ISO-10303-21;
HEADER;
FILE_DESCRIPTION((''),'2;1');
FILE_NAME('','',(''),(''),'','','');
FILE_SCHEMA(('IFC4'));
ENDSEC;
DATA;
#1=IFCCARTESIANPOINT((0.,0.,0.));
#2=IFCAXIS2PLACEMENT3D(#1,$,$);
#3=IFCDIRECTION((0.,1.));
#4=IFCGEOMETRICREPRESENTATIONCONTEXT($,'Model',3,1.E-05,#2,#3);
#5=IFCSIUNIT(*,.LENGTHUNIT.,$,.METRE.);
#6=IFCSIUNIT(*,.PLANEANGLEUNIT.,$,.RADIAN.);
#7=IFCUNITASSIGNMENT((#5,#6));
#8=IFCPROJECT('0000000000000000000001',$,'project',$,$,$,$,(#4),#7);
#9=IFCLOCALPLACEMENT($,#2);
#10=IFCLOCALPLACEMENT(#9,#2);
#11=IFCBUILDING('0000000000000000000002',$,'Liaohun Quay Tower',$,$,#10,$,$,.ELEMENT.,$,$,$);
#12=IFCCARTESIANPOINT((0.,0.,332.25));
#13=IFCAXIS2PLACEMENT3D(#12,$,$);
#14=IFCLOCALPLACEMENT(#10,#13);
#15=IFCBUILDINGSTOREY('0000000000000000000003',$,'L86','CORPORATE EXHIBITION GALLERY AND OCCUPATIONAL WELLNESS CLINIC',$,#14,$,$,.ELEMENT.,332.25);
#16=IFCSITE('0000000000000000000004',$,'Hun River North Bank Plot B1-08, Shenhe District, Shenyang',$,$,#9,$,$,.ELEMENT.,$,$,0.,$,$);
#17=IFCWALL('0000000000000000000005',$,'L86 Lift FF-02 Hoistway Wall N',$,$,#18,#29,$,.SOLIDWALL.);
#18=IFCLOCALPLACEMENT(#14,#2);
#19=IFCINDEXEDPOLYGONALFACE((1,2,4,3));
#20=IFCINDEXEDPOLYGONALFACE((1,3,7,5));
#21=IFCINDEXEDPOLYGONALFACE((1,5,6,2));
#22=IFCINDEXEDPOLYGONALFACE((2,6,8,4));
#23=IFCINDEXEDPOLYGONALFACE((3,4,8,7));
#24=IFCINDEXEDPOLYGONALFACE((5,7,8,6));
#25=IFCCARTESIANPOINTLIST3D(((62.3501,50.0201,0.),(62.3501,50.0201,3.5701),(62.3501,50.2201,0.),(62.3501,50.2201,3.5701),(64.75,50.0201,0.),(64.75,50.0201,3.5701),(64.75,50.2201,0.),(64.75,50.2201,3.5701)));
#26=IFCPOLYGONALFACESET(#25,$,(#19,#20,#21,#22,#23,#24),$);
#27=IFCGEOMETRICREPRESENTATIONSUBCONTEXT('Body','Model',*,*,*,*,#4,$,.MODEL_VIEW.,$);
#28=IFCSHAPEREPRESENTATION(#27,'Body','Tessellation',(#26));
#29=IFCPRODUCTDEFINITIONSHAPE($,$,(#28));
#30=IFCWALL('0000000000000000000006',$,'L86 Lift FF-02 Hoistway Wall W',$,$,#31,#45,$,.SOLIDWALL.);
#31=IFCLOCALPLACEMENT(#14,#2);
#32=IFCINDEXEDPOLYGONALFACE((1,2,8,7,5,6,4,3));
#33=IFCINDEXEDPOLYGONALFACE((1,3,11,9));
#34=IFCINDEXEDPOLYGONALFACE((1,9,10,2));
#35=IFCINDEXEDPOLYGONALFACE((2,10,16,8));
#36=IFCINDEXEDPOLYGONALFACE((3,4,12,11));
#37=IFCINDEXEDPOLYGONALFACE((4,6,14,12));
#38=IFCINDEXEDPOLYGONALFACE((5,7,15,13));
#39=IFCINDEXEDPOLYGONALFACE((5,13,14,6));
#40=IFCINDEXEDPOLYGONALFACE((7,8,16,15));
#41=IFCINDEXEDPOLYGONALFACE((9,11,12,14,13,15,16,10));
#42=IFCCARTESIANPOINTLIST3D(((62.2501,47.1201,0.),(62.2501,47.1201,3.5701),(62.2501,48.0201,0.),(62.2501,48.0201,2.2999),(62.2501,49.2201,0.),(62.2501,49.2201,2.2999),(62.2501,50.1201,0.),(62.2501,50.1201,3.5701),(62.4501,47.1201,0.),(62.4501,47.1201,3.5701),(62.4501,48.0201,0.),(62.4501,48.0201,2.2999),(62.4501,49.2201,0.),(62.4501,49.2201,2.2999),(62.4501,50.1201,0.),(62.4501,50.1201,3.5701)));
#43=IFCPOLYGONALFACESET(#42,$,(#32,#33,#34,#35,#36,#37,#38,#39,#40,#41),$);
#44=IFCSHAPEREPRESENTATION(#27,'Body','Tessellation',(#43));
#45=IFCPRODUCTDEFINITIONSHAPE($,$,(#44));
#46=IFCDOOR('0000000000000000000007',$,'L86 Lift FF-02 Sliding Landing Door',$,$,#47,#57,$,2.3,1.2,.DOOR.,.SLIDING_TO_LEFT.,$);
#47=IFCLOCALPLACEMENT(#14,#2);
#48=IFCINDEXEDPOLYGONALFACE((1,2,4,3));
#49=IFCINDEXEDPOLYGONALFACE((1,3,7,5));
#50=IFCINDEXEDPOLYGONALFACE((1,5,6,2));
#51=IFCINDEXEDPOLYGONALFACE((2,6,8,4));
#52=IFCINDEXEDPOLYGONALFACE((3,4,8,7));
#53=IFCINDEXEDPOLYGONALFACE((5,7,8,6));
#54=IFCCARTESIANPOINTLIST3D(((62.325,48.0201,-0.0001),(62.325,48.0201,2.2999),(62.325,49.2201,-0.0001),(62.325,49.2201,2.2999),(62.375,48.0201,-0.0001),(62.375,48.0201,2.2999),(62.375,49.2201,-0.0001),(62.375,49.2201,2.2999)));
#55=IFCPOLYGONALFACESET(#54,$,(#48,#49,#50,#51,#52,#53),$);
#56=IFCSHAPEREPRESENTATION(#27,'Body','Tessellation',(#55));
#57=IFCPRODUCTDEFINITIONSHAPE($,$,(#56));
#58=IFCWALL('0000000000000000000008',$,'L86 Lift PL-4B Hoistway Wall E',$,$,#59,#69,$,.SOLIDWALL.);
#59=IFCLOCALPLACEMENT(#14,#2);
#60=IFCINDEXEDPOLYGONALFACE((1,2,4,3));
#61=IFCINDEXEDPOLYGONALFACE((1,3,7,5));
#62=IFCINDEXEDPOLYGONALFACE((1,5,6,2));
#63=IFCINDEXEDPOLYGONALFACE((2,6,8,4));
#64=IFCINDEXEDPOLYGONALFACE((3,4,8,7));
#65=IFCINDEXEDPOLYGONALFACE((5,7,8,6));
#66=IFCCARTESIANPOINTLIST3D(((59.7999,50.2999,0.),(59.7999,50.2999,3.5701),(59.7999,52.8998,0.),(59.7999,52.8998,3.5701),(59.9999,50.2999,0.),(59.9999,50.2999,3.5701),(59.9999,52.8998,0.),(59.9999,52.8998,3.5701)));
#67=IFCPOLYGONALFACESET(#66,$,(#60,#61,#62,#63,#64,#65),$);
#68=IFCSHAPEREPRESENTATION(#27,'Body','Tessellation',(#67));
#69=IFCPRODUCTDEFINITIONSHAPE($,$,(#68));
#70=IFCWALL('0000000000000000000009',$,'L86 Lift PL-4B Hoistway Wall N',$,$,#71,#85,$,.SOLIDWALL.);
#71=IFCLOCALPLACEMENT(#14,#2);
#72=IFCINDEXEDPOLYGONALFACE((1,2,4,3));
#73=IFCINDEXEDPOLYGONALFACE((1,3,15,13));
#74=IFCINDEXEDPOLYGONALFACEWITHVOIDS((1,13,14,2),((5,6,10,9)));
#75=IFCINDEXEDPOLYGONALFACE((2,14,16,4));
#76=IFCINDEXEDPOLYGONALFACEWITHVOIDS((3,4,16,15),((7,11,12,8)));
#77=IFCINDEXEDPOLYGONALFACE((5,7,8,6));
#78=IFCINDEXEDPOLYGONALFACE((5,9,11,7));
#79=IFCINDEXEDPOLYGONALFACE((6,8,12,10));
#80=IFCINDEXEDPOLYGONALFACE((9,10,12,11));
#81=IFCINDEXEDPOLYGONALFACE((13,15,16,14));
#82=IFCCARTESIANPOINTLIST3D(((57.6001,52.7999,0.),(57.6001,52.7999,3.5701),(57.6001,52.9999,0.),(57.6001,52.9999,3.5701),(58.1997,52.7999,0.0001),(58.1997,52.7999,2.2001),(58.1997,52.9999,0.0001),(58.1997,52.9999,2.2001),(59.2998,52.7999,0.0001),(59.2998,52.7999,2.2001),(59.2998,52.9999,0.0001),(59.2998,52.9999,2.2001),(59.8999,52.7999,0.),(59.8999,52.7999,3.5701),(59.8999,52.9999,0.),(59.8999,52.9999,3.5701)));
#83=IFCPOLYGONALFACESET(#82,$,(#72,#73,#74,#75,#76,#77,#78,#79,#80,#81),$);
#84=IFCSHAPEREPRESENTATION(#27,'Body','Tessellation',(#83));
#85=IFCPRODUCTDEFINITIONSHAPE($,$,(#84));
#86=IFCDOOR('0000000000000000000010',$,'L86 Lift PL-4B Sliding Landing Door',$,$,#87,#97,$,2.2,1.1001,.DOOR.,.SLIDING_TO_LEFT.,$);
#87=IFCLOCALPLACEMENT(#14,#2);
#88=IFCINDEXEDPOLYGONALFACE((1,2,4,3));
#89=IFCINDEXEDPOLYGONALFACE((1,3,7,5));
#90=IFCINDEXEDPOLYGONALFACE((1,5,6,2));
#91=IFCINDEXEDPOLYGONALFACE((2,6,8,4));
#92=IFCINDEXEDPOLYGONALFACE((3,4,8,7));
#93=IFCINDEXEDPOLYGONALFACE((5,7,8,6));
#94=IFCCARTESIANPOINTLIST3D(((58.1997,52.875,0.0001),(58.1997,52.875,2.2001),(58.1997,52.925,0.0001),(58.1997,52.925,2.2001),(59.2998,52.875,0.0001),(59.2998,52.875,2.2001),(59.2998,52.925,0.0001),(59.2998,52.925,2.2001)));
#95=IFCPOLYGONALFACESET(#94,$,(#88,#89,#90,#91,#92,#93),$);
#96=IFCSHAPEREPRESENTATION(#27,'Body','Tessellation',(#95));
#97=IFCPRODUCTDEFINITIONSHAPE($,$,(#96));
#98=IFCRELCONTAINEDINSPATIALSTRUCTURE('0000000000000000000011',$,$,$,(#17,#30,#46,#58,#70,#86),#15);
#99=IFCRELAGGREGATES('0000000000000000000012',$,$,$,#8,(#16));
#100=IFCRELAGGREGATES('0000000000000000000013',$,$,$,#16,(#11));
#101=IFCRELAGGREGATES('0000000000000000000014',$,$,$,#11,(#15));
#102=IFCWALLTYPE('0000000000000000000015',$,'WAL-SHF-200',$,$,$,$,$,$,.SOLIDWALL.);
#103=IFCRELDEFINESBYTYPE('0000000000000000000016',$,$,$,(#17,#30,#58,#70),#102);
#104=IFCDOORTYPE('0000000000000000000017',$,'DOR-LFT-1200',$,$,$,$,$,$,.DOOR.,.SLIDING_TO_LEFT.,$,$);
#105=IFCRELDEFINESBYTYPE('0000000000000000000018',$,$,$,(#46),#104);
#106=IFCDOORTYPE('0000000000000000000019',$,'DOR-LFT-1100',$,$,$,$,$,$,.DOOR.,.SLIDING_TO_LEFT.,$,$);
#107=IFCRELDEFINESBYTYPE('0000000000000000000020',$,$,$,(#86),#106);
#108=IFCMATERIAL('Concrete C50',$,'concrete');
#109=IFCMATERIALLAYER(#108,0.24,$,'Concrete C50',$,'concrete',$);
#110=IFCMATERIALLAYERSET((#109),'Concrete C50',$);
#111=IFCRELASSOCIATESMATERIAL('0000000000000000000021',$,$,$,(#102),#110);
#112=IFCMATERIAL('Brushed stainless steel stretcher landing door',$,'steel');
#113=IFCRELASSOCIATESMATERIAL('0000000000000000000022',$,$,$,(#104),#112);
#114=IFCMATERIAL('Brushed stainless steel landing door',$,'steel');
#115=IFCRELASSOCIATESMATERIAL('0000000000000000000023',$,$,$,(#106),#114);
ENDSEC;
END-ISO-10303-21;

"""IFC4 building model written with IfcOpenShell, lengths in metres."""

from ifc_helpers import new_model, si_unit, direction, frame, frame_2d, origin, place, context, subcontext, project, spatial, rectangle, extrude, source, transform, mapped, material, layer, layer_set, type_object, element, fill, save


model = new_model("IFC4")

# Units and contexts
model_context = context("Model", 3, precision=1e-05, world=origin(), true_north=direction((0.0, 1.0)))
body_context = subcontext(model_context, "Body", "Model", "MODEL_VIEW")
ifc_project = project(units=[si_unit("LENGTHUNIT", "METRE"), si_unit("PLANEANGLEUNIT", "RADIAN")], contexts=[model_context])

# Site, building, storey
site_placement = place(None, origin())
site = spatial("IfcSite", under=ifc_project, at=site_placement, Name="Hun River North Bank Plot B1-08, Shenhe District, Shenyang", CompositionType="ELEMENT", RefElevation=0.0)
building_placement = place(site_placement, origin())
building = spatial("IfcBuilding", under=site, at=building_placement, Name="Liaohun Quay Tower", CompositionType="ELEMENT")
storey_placement = place(building_placement, frame((0.0, 0.0, 332.25)))
storey = spatial("IfcBuildingStorey", under=building, at=storey_placement, Name="L86", Description="CORPORATE EXHIBITION GALLERY AND OCCUPATIONAL WELLNESS CLINIC", CompositionType="ELEMENT", Elevation=332.25)

# Wall
ifc_material_1 = material(Name="Concrete C50", Category="concrete")
ifc_layer_1 = layer(ifc_material_1, 0.24, Name="Concrete C50", Category="concrete")
ifc_layer_set_1 = layer_set([ifc_layer_1], Name="Concrete C50")
wall_type_1 = type_object("IfcWallType", Name="WAL-SHF-200", PredefinedType="SOLIDWALL", material=ifc_layer_set_1)
wall_1_placement = place(storey_placement, frame((64.75, 50.1201, 0.0), z_axis=(0.0, 0.0, 1.0), x_axis=(-1.0, 0.0, 0.0)))
element("IfcWall", 1, at=wall_1_placement, inside=storey, type_object=wall_type_1, Name="L86 Lift FF-02 Hoistway Wall N", PredefinedType="SOLIDWALL", context=body_context, shape_type="SweptSolid", body=[
    extrude(rectangle(XDim=2.3999, YDim=0.2, at=frame_2d((1.2, 0.0))), origin(), (0.0, 0.0, 1.0), 3.5701),
])

# Wall, opening, door
wall_2_placement = place(storey_placement, frame((62.3501, 50.1201, 0.0), z_axis=(0.0, 0.0, 1.0), x_axis=(0.0, -1.0, 0.0)))
wall_2 = element("IfcWall", 2, at=wall_2_placement, inside=storey, type_object=wall_type_1, Name="L86 Lift FF-02 Hoistway Wall W", PredefinedType="SOLIDWALL", context=body_context, shape_type="SweptSolid", body=[
    extrude(rectangle(XDim=3.0, YDim=0.2, at=frame_2d((1.5, 0.0))), origin(), (0.0, 0.0, 1.0), 3.5701),
])
shared_shape_1 = source(origin(), body_context, "Body", "SweptSolid", [
    extrude(rectangle(XDim=1.2, YDim=2.3, at=frame_2d((0.6001, 1.1499))), frame((0.0, 0.1099, 0.0), z_axis=(0.0, -1.0, 0.0), x_axis=(1.0, 0.0, 0.0)), (0.0, 0.0, 1.0), 0.22),
])
opening_1_placement = place(wall_2_placement, frame((0.8999, 0.0, 0.0)))
opening_1 = element("IfcOpeningElement", 3, at=opening_1_placement, cuts=wall_2, PredefinedType="OPENING", context=body_context, shape_type="MappedRepresentation", body=[
    mapped(shared_shape_1, transform((0.0, 0.0, 0.0), x_axis=(1.0, 0.0, 0.0), y_axis=(0.0, 1.0, 0.0), z_axis=(0.0, 0.0, 1.0), scale=1.0)),
])
ifc_material_2 = material(Name="Brushed stainless steel stretcher landing door", Category="steel")
door_type_1 = type_object("IfcDoorType", Name="DOR-LFT-1200", OperationType="SLIDING_TO_LEFT", PredefinedType="DOOR", material=ifc_material_2)
shared_shape_2 = source(origin(), body_context, "Body", "SweptSolid", [
    extrude(rectangle(XDim=1.2, YDim=2.3, at=frame_2d((0.6001, 1.1499))), frame((0.0, 0.0249, 0.0), z_axis=(0.0, -1.0, 0.0), x_axis=(1.0, 0.0, 0.0)), (0.0, 0.0, 1.0), 0.05),
])
door_1_placement = place(opening_1_placement, origin())
door_1 = element("IfcDoor", 4, at=door_1_placement, inside=storey, type_object=door_type_1, Name="L86 Lift FF-02 Sliding Landing Door", OperationType="SLIDING_TO_LEFT", OverallHeight=2.3, OverallWidth=1.2, PredefinedType="DOOR", context=body_context, shape_type="MappedRepresentation", body=[
    mapped(shared_shape_2, transform((0.0, 0.0, 0.0), x_axis=(1.0, 0.0, 0.0), y_axis=(0.0, 1.0, 0.0), z_axis=(0.0, 0.0, 1.0), scale=1.0)),
])
fill(opening_1, door_1)

# Wall
wall_3_placement = place(storey_placement, frame((59.8999, 50.3, 0.0), z_axis=(0.0, 0.0, 1.0), x_axis=(0.0, 1.0, 0.0)))
element("IfcWall", 5, at=wall_3_placement, inside=storey, type_object=wall_type_1, Name="L86 Lift PL-4B Hoistway Wall E", PredefinedType="SOLIDWALL", context=body_context, shape_type="SweptSolid", body=[
    extrude(rectangle(XDim=2.5999, YDim=0.2, at=frame_2d((1.2998, 0.0))), origin(), (0.0, 0.0, 1.0), 3.5701),
])

# Wall, opening, door
wall_4_placement = place(storey_placement, frame((59.8999, 52.8999, 0.0), z_axis=(0.0, 0.0, 1.0), x_axis=(-1.0, 0.0, 0.0)))
wall_4 = element("IfcWall", 6, at=wall_4_placement, inside=storey, type_object=wall_type_1, Name="L86 Lift PL-4B Hoistway Wall N", PredefinedType="SOLIDWALL", context=body_context, shape_type="SweptSolid", body=[
    extrude(rectangle(XDim=2.2998, YDim=0.2, at=frame_2d((1.1499, 0.0))), origin(), (0.0, 0.0, 1.0), 3.5701),
])
shared_shape_3 = source(origin(), body_context, "Body", "SweptSolid", [
    extrude(rectangle(XDim=1.1001, YDim=2.2, at=frame_2d((0.55, 1.1001))), frame((0.0, 0.1099, 0.0), z_axis=(0.0, -1.0, 0.0), x_axis=(1.0, 0.0, 0.0)), (0.0, 0.0, 1.0), 0.22),
])
opening_2_placement = place(wall_4_placement, frame((0.6001, 0.0, 0.0)))
opening_2 = element("IfcOpeningElement", 7, at=opening_2_placement, cuts=wall_4, PredefinedType="OPENING", context=body_context, shape_type="MappedRepresentation", body=[
    mapped(shared_shape_3, transform((0.0, 0.0, 0.0), x_axis=(1.0, 0.0, 0.0), y_axis=(0.0, 1.0, 0.0), z_axis=(0.0, 0.0, 1.0), scale=1.0)),
])
ifc_material_3 = material(Name="Brushed stainless steel landing door", Category="steel")
door_type_2 = type_object("IfcDoorType", Name="DOR-LFT-1100", OperationType="SLIDING_TO_LEFT", PredefinedType="DOOR", material=ifc_material_3)
shared_shape_4 = source(origin(), body_context, "Body", "SweptSolid", [
    extrude(rectangle(XDim=1.1001, YDim=2.2, at=frame_2d((0.55, 1.1001))), frame((0.0, 0.0249, 0.0), z_axis=(0.0, -1.0, 0.0), x_axis=(1.0, 0.0, 0.0)), (0.0, 0.0, 1.0), 0.05),
])
door_2_placement = place(opening_2_placement, origin())
door_2 = element("IfcDoor", 8, at=door_2_placement, inside=storey, type_object=door_type_2, Name="L86 Lift PL-4B Sliding Landing Door", OperationType="SLIDING_TO_LEFT", OverallHeight=2.2, OverallWidth=1.1001, PredefinedType="DOOR", context=body_context, shape_type="MappedRepresentation", body=[
    mapped(shared_shape_4, transform((0.0, 0.0, 0.0), x_axis=(1.0, 0.0, 0.0), y_axis=(0.0, 1.0, 0.0), z_axis=(0.0, 0.0, 1.0), scale=1.0)),
])
fill(opening_2, door_2)

save(model, "model.ifc")
